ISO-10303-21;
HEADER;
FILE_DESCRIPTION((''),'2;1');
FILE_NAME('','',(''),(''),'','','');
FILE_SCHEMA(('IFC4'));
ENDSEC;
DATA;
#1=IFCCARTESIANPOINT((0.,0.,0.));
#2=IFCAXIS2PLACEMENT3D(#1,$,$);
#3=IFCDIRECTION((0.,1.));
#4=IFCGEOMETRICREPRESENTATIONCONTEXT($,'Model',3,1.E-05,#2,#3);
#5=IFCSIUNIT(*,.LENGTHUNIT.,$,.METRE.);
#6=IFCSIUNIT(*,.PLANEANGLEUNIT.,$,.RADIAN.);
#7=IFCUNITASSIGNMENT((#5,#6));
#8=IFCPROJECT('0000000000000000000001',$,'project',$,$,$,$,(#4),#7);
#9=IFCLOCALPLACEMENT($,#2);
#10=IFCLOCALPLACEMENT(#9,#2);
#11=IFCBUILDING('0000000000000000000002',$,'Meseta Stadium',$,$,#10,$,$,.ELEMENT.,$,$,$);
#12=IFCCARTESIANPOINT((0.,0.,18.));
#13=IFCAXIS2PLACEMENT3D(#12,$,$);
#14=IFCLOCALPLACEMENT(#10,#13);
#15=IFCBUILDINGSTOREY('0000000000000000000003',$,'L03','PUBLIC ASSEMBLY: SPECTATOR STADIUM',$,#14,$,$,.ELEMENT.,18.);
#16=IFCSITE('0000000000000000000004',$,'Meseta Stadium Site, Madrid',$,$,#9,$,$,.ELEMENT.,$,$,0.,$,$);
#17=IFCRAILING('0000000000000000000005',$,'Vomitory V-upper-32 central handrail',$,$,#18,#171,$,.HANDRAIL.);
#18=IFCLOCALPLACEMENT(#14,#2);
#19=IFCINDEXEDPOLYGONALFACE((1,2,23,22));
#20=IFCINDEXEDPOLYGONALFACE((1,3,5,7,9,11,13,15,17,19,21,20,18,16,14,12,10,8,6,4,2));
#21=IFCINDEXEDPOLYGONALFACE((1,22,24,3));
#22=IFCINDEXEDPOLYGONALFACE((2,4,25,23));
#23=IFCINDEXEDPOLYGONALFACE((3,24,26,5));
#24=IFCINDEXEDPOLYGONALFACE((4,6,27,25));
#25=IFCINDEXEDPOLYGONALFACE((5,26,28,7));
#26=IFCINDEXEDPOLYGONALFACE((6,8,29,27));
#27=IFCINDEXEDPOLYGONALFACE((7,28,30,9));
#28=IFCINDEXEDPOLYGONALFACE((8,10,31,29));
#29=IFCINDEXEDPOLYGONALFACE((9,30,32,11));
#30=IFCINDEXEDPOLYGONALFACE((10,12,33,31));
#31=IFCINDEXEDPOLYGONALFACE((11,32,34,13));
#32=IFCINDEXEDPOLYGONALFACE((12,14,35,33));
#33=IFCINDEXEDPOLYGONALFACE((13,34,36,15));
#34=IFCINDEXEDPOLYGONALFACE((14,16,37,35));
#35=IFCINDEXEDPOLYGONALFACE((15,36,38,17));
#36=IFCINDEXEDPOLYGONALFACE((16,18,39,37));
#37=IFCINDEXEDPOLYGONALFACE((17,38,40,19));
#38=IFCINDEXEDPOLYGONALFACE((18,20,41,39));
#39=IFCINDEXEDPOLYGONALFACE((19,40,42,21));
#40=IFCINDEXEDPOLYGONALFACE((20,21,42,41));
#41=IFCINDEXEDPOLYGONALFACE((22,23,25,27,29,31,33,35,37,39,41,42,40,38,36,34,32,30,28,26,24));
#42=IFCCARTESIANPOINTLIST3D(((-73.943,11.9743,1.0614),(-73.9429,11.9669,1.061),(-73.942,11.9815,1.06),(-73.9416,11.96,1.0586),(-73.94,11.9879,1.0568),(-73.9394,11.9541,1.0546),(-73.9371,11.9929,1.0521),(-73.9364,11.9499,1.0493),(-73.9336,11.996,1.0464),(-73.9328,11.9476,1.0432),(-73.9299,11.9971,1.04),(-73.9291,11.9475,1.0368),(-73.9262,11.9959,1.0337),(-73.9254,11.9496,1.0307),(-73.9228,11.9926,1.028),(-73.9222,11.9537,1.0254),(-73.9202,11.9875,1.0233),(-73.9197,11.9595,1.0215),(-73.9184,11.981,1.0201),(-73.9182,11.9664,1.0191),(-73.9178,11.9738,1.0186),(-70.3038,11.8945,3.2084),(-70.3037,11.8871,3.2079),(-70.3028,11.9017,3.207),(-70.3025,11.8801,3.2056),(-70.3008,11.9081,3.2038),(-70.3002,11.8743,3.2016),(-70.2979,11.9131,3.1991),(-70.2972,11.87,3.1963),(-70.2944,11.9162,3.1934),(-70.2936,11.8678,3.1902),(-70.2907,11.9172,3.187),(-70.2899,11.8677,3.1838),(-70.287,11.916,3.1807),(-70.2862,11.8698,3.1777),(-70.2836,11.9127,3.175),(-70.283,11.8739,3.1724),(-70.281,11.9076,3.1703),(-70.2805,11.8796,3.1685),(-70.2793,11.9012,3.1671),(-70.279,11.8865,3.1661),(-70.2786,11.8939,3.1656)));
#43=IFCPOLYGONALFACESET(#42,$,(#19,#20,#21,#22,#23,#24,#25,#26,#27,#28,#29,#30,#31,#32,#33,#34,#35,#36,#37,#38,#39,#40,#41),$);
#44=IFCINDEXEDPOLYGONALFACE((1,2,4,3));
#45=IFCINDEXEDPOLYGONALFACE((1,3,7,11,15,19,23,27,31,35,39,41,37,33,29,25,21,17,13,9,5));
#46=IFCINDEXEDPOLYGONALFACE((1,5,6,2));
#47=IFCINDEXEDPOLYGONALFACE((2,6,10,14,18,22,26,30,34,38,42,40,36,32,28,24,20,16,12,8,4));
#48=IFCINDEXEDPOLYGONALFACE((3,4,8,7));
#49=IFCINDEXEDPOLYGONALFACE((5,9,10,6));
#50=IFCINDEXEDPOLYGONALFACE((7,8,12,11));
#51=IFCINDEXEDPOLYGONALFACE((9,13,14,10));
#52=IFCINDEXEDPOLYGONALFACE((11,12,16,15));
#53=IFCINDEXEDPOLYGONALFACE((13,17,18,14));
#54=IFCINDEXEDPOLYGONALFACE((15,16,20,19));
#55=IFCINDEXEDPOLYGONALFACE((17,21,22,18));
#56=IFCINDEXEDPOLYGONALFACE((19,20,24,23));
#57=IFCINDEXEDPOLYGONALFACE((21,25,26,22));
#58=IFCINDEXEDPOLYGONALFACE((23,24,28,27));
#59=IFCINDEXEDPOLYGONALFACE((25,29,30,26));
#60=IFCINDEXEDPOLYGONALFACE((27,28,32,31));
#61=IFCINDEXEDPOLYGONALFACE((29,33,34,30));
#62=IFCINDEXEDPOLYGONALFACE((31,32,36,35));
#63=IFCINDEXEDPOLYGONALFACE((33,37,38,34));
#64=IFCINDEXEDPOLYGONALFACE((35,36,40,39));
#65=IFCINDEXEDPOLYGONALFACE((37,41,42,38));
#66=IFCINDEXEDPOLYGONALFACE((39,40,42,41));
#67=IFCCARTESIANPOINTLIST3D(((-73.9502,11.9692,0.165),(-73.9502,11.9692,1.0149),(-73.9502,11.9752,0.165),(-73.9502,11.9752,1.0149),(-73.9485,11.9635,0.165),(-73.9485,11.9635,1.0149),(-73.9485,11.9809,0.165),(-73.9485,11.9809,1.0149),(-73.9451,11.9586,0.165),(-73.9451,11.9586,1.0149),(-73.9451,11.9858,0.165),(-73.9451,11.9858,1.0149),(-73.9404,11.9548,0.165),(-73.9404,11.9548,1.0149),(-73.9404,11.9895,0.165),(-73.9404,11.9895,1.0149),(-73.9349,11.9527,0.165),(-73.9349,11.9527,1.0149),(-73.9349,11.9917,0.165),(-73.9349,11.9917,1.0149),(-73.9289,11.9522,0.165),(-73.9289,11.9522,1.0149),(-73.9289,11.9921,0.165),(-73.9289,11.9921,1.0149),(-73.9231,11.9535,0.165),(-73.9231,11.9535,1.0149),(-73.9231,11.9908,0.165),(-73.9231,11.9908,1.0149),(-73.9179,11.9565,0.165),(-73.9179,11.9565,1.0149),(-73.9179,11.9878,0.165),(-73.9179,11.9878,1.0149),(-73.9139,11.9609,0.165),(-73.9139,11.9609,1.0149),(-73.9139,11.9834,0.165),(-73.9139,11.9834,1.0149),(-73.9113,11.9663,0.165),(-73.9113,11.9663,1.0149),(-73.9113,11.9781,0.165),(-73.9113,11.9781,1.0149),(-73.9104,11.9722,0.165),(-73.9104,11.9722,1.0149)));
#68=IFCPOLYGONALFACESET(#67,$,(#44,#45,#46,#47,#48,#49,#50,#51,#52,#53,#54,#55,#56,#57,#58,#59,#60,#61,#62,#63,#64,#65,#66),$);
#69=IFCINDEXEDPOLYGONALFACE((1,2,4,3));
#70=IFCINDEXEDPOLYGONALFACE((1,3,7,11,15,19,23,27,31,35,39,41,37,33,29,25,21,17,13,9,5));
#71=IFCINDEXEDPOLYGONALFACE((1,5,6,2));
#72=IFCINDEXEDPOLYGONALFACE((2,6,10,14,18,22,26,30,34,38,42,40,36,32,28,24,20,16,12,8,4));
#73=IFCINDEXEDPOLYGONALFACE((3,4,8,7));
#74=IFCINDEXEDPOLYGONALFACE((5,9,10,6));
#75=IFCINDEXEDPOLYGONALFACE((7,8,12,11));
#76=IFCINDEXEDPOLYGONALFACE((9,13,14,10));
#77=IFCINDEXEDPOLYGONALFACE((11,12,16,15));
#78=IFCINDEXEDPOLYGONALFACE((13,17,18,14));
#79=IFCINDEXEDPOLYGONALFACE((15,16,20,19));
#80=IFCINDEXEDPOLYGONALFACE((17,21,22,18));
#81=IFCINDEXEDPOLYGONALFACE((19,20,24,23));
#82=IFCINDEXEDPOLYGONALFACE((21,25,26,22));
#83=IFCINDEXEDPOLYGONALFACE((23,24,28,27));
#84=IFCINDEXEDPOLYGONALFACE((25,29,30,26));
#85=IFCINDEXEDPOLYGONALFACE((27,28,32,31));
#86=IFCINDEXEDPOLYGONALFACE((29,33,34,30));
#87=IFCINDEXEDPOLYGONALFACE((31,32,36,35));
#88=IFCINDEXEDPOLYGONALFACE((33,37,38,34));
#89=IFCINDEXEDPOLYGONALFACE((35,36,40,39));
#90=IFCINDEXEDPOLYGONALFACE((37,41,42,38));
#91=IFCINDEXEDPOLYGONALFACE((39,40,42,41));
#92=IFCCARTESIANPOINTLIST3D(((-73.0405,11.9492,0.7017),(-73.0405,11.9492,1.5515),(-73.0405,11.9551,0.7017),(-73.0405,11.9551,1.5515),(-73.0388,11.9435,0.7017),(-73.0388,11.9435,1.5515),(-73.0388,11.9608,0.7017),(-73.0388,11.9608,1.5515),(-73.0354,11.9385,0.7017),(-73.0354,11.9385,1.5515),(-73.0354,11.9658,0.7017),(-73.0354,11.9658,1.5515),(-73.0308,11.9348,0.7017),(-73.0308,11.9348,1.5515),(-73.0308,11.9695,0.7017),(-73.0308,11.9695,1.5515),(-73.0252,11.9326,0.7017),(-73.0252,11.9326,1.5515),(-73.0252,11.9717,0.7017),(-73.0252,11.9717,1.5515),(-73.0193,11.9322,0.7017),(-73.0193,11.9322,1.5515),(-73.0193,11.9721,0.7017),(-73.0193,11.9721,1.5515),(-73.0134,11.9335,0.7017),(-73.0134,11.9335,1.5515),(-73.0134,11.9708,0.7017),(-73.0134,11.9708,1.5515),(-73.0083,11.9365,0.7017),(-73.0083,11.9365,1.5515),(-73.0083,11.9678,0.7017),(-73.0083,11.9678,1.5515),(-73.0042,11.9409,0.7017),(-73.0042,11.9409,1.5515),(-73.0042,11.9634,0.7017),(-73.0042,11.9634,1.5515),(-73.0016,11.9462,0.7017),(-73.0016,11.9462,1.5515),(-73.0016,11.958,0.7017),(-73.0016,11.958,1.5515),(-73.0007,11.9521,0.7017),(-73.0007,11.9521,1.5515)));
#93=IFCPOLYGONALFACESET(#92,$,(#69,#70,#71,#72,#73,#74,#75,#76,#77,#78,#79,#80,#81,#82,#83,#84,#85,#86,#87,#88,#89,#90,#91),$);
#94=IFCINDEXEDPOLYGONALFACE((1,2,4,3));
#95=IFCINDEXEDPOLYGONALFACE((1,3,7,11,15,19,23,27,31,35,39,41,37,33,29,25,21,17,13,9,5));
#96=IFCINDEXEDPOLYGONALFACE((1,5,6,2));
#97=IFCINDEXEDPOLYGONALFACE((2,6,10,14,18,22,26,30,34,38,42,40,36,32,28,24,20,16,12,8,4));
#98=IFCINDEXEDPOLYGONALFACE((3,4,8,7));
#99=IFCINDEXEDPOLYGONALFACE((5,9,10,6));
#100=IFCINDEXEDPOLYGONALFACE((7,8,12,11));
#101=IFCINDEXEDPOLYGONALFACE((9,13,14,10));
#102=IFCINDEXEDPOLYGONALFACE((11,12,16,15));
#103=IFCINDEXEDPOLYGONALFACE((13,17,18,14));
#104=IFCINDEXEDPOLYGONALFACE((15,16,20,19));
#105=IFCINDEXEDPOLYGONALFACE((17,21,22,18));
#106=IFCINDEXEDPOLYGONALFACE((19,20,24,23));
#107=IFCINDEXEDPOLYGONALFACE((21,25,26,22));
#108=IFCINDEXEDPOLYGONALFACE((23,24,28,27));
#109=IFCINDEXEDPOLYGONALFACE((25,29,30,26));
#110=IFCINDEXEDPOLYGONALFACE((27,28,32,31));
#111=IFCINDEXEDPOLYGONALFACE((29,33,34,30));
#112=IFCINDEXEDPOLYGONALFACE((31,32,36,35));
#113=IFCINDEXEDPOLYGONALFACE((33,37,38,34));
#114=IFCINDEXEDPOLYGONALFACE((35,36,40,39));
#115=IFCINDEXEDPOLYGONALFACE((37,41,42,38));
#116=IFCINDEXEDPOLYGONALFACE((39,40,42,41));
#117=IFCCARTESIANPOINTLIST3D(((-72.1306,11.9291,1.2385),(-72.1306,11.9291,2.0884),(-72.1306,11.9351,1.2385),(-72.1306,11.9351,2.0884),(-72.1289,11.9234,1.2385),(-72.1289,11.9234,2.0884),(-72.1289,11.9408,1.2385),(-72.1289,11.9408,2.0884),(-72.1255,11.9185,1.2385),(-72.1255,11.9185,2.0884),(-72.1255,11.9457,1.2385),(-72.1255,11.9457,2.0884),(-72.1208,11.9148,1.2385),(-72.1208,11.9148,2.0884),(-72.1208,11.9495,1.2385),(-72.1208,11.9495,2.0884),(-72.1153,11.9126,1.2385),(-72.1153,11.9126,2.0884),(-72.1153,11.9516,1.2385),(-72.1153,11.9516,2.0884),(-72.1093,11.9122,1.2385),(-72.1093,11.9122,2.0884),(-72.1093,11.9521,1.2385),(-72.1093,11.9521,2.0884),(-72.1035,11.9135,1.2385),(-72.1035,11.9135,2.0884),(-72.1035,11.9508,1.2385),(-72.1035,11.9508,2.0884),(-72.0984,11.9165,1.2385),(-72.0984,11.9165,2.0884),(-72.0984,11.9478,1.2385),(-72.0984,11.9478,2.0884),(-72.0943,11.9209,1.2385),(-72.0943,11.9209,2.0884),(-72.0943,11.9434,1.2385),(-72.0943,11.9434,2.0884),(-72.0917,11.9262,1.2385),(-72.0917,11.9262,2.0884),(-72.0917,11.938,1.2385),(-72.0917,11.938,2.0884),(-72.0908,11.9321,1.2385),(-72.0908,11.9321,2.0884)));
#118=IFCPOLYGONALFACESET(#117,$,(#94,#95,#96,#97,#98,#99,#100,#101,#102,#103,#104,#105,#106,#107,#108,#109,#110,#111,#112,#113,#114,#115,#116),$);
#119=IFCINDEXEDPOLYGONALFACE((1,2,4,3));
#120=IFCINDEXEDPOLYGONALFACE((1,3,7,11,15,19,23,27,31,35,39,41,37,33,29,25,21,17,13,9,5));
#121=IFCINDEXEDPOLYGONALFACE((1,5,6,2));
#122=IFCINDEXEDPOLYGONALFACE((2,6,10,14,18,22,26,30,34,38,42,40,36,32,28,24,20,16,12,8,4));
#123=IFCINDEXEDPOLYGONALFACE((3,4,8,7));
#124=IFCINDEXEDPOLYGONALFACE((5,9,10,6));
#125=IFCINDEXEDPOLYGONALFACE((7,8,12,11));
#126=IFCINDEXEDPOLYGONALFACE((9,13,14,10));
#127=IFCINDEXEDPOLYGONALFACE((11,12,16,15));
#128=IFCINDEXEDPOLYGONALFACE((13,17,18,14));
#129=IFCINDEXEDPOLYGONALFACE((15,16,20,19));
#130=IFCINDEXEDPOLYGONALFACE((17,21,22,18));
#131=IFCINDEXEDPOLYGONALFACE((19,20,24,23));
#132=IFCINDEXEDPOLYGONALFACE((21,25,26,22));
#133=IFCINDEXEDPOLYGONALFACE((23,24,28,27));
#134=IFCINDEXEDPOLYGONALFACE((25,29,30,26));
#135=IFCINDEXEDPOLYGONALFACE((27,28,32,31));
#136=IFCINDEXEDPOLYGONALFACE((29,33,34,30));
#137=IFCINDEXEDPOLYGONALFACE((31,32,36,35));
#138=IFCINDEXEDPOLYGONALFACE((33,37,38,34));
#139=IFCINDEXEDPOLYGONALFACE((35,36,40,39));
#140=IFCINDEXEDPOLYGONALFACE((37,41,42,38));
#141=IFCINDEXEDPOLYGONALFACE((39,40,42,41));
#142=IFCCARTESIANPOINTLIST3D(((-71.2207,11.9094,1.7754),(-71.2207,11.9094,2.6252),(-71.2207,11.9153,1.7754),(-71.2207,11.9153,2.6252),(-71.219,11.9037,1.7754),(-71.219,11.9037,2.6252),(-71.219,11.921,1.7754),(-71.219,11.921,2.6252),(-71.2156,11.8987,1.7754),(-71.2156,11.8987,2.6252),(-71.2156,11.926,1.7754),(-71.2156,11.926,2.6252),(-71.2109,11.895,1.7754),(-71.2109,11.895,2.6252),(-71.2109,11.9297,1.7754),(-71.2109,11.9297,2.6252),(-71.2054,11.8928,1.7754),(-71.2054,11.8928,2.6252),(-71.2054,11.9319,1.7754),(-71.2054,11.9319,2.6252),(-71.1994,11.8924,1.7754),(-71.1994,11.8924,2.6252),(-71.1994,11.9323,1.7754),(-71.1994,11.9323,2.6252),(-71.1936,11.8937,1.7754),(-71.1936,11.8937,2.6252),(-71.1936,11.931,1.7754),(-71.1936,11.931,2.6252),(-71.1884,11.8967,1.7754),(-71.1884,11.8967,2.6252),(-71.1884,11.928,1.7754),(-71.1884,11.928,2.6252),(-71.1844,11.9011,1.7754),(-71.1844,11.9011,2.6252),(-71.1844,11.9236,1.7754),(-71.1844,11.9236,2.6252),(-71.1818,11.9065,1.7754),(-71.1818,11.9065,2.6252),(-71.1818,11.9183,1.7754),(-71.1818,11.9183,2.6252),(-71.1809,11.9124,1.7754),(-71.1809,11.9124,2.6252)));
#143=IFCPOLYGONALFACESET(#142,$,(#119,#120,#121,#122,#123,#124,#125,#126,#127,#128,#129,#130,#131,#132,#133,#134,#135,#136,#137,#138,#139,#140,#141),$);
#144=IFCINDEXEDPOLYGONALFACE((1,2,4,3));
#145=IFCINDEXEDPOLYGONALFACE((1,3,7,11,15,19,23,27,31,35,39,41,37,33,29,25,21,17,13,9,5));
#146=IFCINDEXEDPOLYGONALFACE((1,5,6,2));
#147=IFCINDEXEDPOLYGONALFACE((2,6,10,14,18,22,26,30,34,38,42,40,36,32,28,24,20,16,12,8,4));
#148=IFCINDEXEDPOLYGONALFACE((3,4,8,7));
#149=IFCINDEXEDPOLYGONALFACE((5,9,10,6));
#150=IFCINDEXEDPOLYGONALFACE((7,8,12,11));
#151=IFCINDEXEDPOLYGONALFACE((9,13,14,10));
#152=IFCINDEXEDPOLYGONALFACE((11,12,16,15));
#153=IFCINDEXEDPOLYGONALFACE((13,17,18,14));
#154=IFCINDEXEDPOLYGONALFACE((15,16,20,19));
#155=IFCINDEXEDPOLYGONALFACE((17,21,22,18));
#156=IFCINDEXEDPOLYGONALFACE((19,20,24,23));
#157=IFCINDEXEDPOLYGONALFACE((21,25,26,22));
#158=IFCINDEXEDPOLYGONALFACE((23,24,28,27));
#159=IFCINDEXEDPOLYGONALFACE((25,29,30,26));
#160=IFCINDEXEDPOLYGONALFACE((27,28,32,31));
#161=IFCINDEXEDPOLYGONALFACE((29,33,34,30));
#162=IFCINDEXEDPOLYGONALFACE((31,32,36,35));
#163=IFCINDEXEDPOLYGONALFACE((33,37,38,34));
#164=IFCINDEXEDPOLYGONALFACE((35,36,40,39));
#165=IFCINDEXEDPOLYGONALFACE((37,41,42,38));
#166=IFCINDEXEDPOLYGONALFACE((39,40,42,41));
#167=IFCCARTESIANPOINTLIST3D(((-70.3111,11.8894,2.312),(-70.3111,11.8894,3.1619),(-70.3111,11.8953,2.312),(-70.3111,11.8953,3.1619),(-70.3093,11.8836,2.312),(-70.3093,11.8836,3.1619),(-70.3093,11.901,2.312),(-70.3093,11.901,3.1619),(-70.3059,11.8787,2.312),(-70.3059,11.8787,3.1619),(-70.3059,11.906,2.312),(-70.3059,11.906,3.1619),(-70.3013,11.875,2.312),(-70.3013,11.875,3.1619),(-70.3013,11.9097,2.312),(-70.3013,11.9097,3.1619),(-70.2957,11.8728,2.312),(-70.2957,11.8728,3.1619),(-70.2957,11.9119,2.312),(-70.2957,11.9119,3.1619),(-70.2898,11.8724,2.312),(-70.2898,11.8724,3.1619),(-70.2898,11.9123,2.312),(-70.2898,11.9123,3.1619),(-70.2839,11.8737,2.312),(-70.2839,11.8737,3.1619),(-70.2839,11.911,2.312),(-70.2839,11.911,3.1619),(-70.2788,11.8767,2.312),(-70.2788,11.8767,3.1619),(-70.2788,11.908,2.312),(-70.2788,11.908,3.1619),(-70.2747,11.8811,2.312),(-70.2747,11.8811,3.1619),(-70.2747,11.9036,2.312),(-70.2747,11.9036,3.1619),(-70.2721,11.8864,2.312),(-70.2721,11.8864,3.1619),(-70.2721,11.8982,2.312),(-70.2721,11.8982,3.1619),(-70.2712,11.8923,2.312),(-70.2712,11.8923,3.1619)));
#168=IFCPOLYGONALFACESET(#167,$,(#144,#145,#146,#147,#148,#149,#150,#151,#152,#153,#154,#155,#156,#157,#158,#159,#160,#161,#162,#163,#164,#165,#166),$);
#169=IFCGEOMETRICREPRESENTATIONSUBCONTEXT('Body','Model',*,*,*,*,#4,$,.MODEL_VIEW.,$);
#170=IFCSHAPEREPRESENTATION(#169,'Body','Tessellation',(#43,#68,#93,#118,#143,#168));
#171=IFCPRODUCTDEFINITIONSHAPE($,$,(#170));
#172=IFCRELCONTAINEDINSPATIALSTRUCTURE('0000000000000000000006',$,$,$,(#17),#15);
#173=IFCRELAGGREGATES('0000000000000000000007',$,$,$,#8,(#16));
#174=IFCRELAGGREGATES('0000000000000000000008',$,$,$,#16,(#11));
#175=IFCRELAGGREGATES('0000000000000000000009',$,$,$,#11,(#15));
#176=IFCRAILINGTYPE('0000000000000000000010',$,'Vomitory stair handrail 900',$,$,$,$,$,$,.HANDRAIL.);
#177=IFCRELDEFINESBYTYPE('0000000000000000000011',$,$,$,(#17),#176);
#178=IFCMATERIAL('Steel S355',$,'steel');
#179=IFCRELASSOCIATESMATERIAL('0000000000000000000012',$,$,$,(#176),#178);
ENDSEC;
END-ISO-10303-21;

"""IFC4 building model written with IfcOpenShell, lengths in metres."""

from ifc_helpers import new_model, si_unit, direction, frame, origin, origin_2d, place, context, subcontext, project, spatial, circle, extrude, material, type_object, element, save


model = new_model("IFC4")

# Units and contexts
model_context = context("Model", 3, precision=1e-05, world=origin(), true_north=direction((0.0, 1.0)))
body_context = subcontext(model_context, "Body", "Model", "MODEL_VIEW")
ifc_project = project(units=[si_unit("LENGTHUNIT", "METRE"), si_unit("PLANEANGLEUNIT", "RADIAN")], contexts=[model_context])

# Site, building, storey
site_placement = place(None, origin())
site = spatial("IfcSite", under=ifc_project, at=site_placement, Name="Meseta Stadium Site, Madrid", CompositionType="ELEMENT", RefElevation=0.0)
building_placement = place(site_placement, origin())
building = spatial("IfcBuilding", under=site, at=building_placement, Name="Meseta Stadium", CompositionType="ELEMENT")
storey_placement = place(building_placement, frame((0.0, 0.0, 18.0)))
storey = spatial("IfcBuildingStorey", under=building, at=storey_placement, Name="L03", Description="PUBLIC ASSEMBLY: SPECTATOR STADIUM", CompositionType="ELEMENT", Elevation=18.0)

# Railing
ifc_material_1 = material(Name="Steel S355", Category="steel")
railing_type_1 = type_object("IfcRailingType", Name="Vomitory stair handrail 900", PredefinedType="HANDRAIL", material=ifc_material_1)
railing_1_placement = place(storey_placement, frame((-73.9304, 11.9722, 0.165)))
element("IfcRailing", 1, at=railing_1_placement, inside=storey, type_object=railing_type_1, Name="Vomitory V-upper-32 central handrail", PredefinedType="HANDRAIL", context=body_context, shape_type="SweptSolid", body=[
    extrude(circle(Radius=0.0249, at=origin_2d()), frame((0.0, 0.0, 0.875), z_axis=(0.861129, -0.018891, 0.508035), x_axis=(0.021932, 0.999759, 0.0)), (0.0, 0.0, 1.0), 4.2261),
    extrude(circle(Radius=0.02, at=origin_2d()), origin(), (0.0, 0.0, 1.0), 0.8499),
    extrude(circle(Radius=0.02, at=origin_2d()), frame((0.9097, -0.02, 0.5366)), (0.0, 0.0, 1.0), 0.8499),
    extrude(circle(Radius=0.02, at=origin_2d()), frame((1.8196, -0.04, 1.0735)), (0.0, 0.0, 1.0), 0.8499),
    extrude(circle(Radius=0.02, at=origin_2d()), frame((2.7295, -0.0598, 1.6104)), (0.0, 0.0, 1.0), 0.8499),
    extrude(circle(Radius=0.02, at=origin_2d()), frame((3.6392, -0.0798, 2.147)), (0.0, 0.0, 1.0), 0.8499),
])

save(model, "model.ifc")
